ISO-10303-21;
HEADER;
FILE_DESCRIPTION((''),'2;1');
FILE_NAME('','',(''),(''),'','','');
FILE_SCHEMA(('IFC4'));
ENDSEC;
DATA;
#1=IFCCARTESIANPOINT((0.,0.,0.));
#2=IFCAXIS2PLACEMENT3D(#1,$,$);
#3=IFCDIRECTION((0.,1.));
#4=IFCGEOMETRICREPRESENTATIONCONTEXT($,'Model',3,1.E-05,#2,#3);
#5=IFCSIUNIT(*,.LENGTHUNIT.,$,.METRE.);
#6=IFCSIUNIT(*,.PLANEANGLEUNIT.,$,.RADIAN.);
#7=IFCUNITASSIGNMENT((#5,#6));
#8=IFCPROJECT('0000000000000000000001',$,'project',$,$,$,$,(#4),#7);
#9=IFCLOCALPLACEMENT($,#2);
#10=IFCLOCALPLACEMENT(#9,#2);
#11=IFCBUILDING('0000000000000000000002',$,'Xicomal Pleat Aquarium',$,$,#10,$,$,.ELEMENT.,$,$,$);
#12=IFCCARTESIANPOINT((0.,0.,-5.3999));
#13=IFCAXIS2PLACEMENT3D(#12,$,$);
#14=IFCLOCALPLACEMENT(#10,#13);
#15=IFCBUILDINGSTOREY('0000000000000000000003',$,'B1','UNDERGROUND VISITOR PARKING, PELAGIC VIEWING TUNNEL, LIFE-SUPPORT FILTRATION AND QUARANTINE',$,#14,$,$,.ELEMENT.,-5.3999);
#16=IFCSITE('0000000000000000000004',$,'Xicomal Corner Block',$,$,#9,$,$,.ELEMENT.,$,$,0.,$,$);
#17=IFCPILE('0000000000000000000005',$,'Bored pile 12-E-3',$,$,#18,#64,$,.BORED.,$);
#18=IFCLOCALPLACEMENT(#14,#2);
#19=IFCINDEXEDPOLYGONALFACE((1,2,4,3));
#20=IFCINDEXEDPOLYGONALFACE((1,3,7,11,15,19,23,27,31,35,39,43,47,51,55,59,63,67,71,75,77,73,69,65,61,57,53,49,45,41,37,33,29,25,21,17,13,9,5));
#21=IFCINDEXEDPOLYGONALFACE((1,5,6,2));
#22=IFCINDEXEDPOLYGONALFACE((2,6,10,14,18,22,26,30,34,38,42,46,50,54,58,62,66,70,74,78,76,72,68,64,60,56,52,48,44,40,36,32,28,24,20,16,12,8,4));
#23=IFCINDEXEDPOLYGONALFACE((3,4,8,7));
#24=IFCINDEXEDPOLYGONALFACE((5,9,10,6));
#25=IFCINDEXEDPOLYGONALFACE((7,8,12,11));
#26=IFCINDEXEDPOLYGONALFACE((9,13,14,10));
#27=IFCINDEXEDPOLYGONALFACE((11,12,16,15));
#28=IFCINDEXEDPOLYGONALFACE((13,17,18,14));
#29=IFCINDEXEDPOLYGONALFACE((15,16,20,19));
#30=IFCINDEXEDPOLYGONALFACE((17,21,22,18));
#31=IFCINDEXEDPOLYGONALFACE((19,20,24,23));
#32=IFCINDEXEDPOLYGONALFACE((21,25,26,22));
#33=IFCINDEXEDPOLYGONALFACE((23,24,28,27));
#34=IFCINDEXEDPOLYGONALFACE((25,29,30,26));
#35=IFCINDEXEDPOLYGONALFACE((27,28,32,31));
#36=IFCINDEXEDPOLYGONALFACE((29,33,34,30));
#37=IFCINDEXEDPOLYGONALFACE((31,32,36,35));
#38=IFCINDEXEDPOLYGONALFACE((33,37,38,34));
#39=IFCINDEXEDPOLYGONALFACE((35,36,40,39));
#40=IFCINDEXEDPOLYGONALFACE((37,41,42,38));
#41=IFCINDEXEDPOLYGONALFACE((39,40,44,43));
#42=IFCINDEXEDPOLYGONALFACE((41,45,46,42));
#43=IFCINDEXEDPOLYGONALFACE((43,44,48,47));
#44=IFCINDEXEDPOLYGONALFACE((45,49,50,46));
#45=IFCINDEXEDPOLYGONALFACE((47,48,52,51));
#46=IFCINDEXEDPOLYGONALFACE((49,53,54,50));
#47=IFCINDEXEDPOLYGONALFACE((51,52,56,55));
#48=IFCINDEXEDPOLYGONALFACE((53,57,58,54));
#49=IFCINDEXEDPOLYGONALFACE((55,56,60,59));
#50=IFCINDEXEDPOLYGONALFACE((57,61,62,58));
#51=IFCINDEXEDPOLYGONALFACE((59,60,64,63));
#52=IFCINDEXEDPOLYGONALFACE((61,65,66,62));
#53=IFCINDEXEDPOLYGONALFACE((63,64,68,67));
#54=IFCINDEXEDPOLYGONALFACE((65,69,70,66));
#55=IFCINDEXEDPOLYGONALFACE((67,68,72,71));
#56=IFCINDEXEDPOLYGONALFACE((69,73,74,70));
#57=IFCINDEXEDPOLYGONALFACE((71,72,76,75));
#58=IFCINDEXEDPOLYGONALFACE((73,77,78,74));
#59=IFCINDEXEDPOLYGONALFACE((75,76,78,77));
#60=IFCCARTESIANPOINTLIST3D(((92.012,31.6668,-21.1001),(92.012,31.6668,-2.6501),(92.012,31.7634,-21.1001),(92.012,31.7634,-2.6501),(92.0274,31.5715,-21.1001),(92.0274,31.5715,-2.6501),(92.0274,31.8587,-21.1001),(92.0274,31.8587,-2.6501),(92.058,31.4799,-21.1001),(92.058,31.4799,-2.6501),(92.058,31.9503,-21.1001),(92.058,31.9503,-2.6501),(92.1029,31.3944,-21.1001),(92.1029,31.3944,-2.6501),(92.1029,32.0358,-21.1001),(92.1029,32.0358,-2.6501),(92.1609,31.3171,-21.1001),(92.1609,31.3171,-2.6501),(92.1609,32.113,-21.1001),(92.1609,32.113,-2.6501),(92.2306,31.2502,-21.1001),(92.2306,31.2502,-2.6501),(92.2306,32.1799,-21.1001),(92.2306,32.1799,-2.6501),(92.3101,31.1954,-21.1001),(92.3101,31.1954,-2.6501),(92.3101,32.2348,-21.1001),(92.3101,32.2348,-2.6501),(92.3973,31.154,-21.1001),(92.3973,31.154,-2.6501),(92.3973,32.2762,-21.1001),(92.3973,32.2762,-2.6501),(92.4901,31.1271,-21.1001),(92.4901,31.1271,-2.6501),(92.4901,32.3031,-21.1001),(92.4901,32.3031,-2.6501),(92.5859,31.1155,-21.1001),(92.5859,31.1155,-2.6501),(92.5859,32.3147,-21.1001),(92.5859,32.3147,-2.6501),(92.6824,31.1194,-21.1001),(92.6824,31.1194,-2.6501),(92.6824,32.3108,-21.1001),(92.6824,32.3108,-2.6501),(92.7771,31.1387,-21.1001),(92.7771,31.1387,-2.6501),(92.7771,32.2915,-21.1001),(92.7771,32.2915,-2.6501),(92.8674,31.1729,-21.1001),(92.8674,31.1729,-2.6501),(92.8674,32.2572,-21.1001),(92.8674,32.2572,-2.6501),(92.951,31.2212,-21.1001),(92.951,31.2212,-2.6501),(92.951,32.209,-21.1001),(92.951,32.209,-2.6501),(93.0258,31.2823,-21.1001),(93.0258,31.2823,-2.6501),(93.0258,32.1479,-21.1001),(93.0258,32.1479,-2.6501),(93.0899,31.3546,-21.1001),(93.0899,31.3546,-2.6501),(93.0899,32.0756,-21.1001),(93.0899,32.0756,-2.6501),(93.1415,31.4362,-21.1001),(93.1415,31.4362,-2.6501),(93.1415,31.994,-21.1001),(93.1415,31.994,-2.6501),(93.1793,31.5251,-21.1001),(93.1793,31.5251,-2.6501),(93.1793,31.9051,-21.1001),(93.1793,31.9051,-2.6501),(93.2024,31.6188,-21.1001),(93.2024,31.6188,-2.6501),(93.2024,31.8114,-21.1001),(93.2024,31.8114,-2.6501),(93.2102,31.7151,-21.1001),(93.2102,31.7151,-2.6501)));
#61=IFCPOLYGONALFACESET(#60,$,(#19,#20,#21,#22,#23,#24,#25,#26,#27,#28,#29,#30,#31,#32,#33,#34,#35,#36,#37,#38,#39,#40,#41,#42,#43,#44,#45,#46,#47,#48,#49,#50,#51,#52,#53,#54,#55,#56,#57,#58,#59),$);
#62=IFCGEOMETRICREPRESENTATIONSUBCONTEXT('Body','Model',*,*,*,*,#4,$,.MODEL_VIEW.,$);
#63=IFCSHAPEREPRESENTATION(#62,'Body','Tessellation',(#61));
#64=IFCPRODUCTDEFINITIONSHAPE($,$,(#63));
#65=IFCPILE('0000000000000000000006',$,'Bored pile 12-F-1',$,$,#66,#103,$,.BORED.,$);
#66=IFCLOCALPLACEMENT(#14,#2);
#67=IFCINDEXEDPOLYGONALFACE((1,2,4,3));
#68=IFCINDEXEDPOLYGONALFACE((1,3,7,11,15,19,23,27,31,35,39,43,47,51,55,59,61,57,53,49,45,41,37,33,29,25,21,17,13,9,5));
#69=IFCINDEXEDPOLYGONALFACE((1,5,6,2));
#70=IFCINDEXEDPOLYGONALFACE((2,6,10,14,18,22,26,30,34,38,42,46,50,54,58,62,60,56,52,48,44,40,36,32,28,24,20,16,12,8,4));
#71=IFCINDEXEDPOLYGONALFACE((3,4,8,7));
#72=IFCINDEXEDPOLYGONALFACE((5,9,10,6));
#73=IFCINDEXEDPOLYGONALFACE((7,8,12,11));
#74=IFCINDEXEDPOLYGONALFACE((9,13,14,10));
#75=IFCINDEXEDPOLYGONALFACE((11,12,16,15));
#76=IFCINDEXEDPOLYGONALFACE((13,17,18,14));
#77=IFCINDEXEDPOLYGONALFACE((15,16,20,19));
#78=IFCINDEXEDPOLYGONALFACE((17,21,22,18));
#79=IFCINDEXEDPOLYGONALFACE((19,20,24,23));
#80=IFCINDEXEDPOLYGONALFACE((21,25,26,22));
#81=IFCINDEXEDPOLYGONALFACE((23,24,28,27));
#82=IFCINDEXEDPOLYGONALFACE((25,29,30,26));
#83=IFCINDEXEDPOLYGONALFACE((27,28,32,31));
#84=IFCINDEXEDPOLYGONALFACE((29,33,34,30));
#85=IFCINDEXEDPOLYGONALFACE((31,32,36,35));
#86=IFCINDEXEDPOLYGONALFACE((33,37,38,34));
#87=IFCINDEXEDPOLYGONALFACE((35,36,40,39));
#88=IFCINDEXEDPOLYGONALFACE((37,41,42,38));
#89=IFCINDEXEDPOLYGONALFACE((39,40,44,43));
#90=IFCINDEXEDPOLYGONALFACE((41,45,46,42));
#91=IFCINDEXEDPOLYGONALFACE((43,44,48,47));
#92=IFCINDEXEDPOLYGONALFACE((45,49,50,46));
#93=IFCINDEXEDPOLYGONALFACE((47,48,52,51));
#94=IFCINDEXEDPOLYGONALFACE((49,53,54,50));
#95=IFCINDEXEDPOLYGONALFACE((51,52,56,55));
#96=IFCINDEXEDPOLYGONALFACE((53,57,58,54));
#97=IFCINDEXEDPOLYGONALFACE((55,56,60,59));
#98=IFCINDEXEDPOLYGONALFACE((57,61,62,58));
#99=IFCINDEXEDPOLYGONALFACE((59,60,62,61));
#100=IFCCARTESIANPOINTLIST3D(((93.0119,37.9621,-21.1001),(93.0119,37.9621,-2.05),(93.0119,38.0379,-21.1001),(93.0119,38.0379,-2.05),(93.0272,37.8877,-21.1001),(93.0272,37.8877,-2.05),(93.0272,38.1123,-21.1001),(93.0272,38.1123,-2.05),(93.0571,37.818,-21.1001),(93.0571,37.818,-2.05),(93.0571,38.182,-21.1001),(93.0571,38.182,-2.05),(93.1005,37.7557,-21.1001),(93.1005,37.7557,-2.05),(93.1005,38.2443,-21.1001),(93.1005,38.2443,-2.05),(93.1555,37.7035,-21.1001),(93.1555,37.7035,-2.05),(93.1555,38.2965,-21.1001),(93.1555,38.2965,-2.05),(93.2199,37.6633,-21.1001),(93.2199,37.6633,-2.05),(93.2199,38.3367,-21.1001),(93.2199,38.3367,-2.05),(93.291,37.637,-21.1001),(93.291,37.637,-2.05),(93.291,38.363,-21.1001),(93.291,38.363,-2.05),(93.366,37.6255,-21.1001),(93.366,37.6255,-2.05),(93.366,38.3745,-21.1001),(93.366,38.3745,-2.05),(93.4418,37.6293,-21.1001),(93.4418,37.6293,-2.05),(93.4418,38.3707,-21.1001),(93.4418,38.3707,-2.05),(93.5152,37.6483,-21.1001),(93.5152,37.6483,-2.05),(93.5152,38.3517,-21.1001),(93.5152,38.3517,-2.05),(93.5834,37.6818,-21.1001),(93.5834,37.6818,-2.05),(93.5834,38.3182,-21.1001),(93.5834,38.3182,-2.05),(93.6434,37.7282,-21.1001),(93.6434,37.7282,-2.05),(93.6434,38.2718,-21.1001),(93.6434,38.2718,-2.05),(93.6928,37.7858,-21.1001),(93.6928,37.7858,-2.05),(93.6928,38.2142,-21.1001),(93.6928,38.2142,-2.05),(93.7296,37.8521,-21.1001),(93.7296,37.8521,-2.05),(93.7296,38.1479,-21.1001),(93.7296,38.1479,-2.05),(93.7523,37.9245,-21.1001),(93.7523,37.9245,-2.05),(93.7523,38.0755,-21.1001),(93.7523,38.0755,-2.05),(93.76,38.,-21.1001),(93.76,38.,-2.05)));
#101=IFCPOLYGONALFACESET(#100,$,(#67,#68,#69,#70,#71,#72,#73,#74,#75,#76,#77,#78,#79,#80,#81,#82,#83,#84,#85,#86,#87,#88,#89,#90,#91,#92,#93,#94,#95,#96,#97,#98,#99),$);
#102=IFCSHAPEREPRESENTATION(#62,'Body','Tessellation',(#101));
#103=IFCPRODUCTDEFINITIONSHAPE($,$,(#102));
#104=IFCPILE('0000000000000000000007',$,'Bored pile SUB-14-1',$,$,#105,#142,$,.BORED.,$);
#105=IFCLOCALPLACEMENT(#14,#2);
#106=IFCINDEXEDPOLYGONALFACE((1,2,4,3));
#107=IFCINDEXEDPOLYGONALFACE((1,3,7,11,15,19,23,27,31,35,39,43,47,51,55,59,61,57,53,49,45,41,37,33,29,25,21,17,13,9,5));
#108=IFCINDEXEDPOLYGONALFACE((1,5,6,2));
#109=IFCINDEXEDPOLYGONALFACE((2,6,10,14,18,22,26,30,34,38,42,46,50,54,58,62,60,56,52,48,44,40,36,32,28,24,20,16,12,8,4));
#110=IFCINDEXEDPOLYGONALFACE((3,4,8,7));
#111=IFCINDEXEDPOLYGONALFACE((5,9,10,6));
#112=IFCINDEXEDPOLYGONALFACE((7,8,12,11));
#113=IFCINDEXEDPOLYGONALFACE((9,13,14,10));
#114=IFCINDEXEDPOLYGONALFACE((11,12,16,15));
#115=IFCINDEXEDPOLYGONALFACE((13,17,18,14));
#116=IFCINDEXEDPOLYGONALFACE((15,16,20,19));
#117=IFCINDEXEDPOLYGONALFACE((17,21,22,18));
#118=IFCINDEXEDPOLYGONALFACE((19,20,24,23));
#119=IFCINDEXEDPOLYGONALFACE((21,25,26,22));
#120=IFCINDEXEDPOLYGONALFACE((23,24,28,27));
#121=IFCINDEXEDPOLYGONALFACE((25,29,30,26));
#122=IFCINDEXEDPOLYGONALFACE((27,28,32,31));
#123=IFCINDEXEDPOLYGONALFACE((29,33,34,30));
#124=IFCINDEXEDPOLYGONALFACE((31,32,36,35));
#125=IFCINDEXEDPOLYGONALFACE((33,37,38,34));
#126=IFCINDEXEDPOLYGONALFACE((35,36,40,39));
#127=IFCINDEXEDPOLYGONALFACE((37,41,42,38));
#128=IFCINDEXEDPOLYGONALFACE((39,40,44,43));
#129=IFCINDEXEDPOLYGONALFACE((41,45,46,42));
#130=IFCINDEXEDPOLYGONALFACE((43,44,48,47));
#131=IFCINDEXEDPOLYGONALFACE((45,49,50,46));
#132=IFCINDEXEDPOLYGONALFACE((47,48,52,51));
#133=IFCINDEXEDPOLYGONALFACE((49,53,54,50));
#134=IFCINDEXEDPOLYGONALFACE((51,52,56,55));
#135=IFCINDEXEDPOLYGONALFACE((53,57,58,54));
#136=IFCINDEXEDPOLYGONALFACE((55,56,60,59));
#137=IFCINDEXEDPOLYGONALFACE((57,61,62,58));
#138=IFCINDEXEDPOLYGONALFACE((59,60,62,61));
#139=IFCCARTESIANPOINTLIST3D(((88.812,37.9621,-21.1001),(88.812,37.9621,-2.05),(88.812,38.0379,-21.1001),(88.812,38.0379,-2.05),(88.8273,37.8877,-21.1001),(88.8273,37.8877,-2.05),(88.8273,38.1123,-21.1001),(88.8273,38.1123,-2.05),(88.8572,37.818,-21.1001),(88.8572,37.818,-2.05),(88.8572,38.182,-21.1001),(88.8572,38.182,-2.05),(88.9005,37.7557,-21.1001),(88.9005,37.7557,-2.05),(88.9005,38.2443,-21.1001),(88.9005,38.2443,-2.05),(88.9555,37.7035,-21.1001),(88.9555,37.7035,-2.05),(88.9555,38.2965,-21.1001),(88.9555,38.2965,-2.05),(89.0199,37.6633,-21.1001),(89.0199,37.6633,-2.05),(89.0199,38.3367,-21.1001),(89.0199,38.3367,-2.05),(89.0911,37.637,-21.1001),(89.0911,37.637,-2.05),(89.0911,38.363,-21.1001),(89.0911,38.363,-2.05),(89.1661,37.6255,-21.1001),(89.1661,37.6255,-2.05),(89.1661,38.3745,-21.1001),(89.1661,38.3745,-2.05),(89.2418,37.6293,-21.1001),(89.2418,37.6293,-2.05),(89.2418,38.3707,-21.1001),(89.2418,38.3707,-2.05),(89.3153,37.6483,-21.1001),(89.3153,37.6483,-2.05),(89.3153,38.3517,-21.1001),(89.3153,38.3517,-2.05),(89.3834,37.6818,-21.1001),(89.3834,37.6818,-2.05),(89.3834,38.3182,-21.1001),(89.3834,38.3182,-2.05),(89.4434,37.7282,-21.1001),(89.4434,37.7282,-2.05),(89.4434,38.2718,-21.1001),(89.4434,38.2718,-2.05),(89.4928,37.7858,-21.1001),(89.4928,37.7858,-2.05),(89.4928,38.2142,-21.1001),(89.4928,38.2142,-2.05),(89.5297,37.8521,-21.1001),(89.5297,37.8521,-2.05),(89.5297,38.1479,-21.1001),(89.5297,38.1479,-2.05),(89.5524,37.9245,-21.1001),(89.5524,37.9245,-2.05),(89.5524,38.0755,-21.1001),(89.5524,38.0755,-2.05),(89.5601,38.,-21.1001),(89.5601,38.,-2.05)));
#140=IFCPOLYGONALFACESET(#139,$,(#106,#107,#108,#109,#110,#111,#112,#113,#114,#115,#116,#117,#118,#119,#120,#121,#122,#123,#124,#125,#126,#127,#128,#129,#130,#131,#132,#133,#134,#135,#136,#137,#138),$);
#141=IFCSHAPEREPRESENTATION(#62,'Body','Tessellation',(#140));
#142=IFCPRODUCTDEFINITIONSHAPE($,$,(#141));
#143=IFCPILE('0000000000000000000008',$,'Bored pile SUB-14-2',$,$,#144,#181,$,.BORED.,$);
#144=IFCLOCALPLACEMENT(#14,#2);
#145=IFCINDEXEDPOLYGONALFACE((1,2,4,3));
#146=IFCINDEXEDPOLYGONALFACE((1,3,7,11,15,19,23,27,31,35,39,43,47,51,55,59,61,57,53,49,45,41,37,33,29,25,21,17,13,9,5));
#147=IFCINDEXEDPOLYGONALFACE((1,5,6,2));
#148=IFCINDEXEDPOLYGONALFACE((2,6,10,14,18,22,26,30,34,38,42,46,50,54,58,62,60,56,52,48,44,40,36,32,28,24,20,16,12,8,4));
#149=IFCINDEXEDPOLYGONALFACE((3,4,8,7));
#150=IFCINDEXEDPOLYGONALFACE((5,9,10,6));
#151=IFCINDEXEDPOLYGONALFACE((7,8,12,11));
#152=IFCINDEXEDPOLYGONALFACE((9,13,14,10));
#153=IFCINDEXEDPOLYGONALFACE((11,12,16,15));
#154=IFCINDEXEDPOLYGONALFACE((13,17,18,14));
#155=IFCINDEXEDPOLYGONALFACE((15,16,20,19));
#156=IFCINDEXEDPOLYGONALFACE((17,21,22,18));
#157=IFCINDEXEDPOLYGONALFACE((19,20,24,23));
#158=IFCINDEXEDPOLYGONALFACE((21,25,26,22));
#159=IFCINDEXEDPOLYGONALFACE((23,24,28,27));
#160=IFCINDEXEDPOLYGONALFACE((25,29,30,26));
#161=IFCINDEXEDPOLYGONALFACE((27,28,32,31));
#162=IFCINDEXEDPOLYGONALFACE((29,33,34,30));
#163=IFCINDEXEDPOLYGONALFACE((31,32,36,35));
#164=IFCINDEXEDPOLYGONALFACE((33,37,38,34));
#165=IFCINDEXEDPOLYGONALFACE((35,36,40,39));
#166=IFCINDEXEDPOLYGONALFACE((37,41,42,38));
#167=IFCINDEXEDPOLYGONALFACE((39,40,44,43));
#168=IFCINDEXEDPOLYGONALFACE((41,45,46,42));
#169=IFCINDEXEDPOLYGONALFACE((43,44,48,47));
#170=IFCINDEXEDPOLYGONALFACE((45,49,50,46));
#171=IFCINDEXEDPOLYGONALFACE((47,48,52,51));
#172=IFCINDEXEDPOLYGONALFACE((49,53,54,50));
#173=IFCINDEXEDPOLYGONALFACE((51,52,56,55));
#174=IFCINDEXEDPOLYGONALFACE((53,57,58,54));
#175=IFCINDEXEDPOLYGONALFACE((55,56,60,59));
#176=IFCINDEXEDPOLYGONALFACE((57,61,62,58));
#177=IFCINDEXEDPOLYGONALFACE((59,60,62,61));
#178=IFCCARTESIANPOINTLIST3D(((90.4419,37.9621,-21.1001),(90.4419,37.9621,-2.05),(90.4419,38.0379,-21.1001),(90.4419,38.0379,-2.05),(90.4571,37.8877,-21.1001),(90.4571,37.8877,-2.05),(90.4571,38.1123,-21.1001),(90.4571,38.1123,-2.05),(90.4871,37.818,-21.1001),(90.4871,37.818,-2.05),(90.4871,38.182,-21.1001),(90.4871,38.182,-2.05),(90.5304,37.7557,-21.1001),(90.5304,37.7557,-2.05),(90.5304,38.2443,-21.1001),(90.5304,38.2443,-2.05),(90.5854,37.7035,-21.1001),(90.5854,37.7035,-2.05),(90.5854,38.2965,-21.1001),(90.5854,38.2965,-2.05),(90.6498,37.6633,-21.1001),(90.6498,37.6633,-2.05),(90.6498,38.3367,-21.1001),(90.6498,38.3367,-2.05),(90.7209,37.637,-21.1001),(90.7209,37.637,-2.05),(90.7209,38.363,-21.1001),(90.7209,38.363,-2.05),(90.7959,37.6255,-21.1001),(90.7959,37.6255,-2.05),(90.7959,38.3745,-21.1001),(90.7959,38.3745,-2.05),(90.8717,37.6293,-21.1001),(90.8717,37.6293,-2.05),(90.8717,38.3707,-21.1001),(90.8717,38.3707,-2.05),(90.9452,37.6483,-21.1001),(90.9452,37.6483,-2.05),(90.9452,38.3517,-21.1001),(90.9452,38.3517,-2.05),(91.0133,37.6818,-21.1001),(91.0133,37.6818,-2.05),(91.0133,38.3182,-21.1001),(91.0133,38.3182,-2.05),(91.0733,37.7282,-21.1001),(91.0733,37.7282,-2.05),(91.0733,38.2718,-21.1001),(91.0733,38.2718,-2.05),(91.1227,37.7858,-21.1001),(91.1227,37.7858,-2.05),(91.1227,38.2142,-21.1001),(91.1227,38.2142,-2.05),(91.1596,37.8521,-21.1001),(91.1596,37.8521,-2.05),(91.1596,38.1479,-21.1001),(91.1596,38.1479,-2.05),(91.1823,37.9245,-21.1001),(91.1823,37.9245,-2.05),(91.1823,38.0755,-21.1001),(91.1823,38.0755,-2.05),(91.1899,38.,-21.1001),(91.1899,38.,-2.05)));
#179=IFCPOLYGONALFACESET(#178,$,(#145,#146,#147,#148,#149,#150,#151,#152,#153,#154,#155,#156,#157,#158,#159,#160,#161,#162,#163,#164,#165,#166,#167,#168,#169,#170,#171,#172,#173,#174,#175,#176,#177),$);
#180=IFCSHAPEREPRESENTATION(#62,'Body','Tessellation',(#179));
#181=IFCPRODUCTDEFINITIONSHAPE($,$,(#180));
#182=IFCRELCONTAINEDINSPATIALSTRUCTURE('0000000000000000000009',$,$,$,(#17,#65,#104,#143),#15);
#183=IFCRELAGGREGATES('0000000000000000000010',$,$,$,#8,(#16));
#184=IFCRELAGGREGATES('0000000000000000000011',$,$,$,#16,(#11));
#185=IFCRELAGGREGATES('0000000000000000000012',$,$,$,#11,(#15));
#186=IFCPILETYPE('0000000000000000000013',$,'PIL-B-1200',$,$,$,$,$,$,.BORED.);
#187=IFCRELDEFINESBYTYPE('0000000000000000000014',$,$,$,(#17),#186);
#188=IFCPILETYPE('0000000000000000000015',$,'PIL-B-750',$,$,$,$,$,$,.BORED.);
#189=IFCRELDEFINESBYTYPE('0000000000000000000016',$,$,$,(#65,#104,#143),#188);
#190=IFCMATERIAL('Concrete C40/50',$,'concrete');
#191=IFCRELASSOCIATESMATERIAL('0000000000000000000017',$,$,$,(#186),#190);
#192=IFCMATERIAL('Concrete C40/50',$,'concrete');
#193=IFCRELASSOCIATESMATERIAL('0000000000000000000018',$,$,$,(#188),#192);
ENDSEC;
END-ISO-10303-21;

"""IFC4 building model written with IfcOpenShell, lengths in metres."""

from ifc_helpers import new_model, si_unit, direction, frame, origin, origin_2d, place, context, subcontext, project, spatial, circle, extrude, material, material_profile, profile_set, type_object, element, save


model = new_model("IFC4")

# Units and contexts
model_context = context("Model", 3, precision=1e-05, world=origin(), true_north=direction((0.0, 1.0)))
body_context = subcontext(model_context, "Body", "Model", "MODEL_VIEW")
ifc_project = project(units=[si_unit("LENGTHUNIT", "METRE"), si_unit("PLANEANGLEUNIT", "RADIAN")], contexts=[model_context])

# Site, building, storey
site_placement = place(None, origin())
site = spatial("IfcSite", under=ifc_project, at=site_placement, Name="Xicomal Corner Block", CompositionType="ELEMENT", RefElevation=0.0)
building_placement = place(site_placement, origin())
building = spatial("IfcBuilding", under=site, at=building_placement, Name="Xicomal Pleat Aquarium", CompositionType="ELEMENT")
storey_placement = place(building_placement, frame((0.0, 0.0, -5.3999)))
storey = spatial("IfcBuildingStorey", under=building, at=storey_placement, Name="B1", Description="UNDERGROUND VISITOR PARKING, PELAGIC VIEWING TUNNEL, LIFE-SUPPORT FILTRATION AND QUARANTINE", CompositionType="ELEMENT", Elevation=-5.3999)

# Piles
ifc_material_1 = material(Name="Concrete C40/50", Category="concrete")
ifc_material_profile_1 = material_profile(ifc_material_1, circle(Radius=0.6001, at=origin_2d()), Name="BORED PILE D1200")
ifc_profile_set_1 = profile_set([ifc_material_profile_1], Name="Concrete C40/50")
pile_type_1 = type_object("IfcPileType", Name="PIL-B-1200", PredefinedType="BORED", material=ifc_profile_set_1)
pile_1_placement = place(storey_placement, frame((92.6101, 31.7151, -2.6501), z_axis=(0.0, 0.0, -1.0), x_axis=(1.0, 0.0, 0.0)))
element("IfcPile", 1, at=pile_1_placement, inside=storey, type_object=pile_type_1, Name="Bored pile 12-E-3", PredefinedType="BORED", context=body_context, shape_type="SweptSolid", body=[
    extrude(circle(Radius=0.6001, at=origin_2d()), origin(), (0.0, 0.0, 1.0), 18.45),
])
ifc_material_2 = material(Name="Concrete C40/50", Category="concrete")
ifc_material_profile_2 = material_profile(ifc_material_2, circle(Radius=0.375, at=origin_2d()), Name="BORED PILE D750")
ifc_profile_set_2 = profile_set([ifc_material_profile_2], Name="Concrete C40/50")
pile_type_2 = type_object("IfcPileType", Name="PIL-B-750", PredefinedType="BORED", material=ifc_profile_set_2)
for number, where, z_axis, x_axis, name in (
    (2, (93.385, 38.0, -2.05), (0.0, 0.0, -1.0), (1.0, 0.0, 0.0), "Bored pile 12-F-1"),
    (3, (89.1851, 38.0, -2.05), (0.0, 0.0, -1.0), (1.0, 0.0, 0.0), "Bored pile SUB-14-1"),
    (4, (90.8149, 38.0, -2.05), (0.0, 0.0, -1.0), (1.0, 0.0, 0.0), "Bored pile SUB-14-2"),
):
    element("IfcPile", number, at=place(storey_placement, frame(where, z_axis=z_axis, x_axis=x_axis)), inside=storey, type_object=pile_type_2, Name=name, PredefinedType="BORED", context=body_context, shape_type="SweptSolid", body=[
        extrude(circle(Radius=0.375, at=origin_2d()), origin(), (0.0, 0.0, 1.0), 19.05),
    ])

save(model, "model.ifc")
